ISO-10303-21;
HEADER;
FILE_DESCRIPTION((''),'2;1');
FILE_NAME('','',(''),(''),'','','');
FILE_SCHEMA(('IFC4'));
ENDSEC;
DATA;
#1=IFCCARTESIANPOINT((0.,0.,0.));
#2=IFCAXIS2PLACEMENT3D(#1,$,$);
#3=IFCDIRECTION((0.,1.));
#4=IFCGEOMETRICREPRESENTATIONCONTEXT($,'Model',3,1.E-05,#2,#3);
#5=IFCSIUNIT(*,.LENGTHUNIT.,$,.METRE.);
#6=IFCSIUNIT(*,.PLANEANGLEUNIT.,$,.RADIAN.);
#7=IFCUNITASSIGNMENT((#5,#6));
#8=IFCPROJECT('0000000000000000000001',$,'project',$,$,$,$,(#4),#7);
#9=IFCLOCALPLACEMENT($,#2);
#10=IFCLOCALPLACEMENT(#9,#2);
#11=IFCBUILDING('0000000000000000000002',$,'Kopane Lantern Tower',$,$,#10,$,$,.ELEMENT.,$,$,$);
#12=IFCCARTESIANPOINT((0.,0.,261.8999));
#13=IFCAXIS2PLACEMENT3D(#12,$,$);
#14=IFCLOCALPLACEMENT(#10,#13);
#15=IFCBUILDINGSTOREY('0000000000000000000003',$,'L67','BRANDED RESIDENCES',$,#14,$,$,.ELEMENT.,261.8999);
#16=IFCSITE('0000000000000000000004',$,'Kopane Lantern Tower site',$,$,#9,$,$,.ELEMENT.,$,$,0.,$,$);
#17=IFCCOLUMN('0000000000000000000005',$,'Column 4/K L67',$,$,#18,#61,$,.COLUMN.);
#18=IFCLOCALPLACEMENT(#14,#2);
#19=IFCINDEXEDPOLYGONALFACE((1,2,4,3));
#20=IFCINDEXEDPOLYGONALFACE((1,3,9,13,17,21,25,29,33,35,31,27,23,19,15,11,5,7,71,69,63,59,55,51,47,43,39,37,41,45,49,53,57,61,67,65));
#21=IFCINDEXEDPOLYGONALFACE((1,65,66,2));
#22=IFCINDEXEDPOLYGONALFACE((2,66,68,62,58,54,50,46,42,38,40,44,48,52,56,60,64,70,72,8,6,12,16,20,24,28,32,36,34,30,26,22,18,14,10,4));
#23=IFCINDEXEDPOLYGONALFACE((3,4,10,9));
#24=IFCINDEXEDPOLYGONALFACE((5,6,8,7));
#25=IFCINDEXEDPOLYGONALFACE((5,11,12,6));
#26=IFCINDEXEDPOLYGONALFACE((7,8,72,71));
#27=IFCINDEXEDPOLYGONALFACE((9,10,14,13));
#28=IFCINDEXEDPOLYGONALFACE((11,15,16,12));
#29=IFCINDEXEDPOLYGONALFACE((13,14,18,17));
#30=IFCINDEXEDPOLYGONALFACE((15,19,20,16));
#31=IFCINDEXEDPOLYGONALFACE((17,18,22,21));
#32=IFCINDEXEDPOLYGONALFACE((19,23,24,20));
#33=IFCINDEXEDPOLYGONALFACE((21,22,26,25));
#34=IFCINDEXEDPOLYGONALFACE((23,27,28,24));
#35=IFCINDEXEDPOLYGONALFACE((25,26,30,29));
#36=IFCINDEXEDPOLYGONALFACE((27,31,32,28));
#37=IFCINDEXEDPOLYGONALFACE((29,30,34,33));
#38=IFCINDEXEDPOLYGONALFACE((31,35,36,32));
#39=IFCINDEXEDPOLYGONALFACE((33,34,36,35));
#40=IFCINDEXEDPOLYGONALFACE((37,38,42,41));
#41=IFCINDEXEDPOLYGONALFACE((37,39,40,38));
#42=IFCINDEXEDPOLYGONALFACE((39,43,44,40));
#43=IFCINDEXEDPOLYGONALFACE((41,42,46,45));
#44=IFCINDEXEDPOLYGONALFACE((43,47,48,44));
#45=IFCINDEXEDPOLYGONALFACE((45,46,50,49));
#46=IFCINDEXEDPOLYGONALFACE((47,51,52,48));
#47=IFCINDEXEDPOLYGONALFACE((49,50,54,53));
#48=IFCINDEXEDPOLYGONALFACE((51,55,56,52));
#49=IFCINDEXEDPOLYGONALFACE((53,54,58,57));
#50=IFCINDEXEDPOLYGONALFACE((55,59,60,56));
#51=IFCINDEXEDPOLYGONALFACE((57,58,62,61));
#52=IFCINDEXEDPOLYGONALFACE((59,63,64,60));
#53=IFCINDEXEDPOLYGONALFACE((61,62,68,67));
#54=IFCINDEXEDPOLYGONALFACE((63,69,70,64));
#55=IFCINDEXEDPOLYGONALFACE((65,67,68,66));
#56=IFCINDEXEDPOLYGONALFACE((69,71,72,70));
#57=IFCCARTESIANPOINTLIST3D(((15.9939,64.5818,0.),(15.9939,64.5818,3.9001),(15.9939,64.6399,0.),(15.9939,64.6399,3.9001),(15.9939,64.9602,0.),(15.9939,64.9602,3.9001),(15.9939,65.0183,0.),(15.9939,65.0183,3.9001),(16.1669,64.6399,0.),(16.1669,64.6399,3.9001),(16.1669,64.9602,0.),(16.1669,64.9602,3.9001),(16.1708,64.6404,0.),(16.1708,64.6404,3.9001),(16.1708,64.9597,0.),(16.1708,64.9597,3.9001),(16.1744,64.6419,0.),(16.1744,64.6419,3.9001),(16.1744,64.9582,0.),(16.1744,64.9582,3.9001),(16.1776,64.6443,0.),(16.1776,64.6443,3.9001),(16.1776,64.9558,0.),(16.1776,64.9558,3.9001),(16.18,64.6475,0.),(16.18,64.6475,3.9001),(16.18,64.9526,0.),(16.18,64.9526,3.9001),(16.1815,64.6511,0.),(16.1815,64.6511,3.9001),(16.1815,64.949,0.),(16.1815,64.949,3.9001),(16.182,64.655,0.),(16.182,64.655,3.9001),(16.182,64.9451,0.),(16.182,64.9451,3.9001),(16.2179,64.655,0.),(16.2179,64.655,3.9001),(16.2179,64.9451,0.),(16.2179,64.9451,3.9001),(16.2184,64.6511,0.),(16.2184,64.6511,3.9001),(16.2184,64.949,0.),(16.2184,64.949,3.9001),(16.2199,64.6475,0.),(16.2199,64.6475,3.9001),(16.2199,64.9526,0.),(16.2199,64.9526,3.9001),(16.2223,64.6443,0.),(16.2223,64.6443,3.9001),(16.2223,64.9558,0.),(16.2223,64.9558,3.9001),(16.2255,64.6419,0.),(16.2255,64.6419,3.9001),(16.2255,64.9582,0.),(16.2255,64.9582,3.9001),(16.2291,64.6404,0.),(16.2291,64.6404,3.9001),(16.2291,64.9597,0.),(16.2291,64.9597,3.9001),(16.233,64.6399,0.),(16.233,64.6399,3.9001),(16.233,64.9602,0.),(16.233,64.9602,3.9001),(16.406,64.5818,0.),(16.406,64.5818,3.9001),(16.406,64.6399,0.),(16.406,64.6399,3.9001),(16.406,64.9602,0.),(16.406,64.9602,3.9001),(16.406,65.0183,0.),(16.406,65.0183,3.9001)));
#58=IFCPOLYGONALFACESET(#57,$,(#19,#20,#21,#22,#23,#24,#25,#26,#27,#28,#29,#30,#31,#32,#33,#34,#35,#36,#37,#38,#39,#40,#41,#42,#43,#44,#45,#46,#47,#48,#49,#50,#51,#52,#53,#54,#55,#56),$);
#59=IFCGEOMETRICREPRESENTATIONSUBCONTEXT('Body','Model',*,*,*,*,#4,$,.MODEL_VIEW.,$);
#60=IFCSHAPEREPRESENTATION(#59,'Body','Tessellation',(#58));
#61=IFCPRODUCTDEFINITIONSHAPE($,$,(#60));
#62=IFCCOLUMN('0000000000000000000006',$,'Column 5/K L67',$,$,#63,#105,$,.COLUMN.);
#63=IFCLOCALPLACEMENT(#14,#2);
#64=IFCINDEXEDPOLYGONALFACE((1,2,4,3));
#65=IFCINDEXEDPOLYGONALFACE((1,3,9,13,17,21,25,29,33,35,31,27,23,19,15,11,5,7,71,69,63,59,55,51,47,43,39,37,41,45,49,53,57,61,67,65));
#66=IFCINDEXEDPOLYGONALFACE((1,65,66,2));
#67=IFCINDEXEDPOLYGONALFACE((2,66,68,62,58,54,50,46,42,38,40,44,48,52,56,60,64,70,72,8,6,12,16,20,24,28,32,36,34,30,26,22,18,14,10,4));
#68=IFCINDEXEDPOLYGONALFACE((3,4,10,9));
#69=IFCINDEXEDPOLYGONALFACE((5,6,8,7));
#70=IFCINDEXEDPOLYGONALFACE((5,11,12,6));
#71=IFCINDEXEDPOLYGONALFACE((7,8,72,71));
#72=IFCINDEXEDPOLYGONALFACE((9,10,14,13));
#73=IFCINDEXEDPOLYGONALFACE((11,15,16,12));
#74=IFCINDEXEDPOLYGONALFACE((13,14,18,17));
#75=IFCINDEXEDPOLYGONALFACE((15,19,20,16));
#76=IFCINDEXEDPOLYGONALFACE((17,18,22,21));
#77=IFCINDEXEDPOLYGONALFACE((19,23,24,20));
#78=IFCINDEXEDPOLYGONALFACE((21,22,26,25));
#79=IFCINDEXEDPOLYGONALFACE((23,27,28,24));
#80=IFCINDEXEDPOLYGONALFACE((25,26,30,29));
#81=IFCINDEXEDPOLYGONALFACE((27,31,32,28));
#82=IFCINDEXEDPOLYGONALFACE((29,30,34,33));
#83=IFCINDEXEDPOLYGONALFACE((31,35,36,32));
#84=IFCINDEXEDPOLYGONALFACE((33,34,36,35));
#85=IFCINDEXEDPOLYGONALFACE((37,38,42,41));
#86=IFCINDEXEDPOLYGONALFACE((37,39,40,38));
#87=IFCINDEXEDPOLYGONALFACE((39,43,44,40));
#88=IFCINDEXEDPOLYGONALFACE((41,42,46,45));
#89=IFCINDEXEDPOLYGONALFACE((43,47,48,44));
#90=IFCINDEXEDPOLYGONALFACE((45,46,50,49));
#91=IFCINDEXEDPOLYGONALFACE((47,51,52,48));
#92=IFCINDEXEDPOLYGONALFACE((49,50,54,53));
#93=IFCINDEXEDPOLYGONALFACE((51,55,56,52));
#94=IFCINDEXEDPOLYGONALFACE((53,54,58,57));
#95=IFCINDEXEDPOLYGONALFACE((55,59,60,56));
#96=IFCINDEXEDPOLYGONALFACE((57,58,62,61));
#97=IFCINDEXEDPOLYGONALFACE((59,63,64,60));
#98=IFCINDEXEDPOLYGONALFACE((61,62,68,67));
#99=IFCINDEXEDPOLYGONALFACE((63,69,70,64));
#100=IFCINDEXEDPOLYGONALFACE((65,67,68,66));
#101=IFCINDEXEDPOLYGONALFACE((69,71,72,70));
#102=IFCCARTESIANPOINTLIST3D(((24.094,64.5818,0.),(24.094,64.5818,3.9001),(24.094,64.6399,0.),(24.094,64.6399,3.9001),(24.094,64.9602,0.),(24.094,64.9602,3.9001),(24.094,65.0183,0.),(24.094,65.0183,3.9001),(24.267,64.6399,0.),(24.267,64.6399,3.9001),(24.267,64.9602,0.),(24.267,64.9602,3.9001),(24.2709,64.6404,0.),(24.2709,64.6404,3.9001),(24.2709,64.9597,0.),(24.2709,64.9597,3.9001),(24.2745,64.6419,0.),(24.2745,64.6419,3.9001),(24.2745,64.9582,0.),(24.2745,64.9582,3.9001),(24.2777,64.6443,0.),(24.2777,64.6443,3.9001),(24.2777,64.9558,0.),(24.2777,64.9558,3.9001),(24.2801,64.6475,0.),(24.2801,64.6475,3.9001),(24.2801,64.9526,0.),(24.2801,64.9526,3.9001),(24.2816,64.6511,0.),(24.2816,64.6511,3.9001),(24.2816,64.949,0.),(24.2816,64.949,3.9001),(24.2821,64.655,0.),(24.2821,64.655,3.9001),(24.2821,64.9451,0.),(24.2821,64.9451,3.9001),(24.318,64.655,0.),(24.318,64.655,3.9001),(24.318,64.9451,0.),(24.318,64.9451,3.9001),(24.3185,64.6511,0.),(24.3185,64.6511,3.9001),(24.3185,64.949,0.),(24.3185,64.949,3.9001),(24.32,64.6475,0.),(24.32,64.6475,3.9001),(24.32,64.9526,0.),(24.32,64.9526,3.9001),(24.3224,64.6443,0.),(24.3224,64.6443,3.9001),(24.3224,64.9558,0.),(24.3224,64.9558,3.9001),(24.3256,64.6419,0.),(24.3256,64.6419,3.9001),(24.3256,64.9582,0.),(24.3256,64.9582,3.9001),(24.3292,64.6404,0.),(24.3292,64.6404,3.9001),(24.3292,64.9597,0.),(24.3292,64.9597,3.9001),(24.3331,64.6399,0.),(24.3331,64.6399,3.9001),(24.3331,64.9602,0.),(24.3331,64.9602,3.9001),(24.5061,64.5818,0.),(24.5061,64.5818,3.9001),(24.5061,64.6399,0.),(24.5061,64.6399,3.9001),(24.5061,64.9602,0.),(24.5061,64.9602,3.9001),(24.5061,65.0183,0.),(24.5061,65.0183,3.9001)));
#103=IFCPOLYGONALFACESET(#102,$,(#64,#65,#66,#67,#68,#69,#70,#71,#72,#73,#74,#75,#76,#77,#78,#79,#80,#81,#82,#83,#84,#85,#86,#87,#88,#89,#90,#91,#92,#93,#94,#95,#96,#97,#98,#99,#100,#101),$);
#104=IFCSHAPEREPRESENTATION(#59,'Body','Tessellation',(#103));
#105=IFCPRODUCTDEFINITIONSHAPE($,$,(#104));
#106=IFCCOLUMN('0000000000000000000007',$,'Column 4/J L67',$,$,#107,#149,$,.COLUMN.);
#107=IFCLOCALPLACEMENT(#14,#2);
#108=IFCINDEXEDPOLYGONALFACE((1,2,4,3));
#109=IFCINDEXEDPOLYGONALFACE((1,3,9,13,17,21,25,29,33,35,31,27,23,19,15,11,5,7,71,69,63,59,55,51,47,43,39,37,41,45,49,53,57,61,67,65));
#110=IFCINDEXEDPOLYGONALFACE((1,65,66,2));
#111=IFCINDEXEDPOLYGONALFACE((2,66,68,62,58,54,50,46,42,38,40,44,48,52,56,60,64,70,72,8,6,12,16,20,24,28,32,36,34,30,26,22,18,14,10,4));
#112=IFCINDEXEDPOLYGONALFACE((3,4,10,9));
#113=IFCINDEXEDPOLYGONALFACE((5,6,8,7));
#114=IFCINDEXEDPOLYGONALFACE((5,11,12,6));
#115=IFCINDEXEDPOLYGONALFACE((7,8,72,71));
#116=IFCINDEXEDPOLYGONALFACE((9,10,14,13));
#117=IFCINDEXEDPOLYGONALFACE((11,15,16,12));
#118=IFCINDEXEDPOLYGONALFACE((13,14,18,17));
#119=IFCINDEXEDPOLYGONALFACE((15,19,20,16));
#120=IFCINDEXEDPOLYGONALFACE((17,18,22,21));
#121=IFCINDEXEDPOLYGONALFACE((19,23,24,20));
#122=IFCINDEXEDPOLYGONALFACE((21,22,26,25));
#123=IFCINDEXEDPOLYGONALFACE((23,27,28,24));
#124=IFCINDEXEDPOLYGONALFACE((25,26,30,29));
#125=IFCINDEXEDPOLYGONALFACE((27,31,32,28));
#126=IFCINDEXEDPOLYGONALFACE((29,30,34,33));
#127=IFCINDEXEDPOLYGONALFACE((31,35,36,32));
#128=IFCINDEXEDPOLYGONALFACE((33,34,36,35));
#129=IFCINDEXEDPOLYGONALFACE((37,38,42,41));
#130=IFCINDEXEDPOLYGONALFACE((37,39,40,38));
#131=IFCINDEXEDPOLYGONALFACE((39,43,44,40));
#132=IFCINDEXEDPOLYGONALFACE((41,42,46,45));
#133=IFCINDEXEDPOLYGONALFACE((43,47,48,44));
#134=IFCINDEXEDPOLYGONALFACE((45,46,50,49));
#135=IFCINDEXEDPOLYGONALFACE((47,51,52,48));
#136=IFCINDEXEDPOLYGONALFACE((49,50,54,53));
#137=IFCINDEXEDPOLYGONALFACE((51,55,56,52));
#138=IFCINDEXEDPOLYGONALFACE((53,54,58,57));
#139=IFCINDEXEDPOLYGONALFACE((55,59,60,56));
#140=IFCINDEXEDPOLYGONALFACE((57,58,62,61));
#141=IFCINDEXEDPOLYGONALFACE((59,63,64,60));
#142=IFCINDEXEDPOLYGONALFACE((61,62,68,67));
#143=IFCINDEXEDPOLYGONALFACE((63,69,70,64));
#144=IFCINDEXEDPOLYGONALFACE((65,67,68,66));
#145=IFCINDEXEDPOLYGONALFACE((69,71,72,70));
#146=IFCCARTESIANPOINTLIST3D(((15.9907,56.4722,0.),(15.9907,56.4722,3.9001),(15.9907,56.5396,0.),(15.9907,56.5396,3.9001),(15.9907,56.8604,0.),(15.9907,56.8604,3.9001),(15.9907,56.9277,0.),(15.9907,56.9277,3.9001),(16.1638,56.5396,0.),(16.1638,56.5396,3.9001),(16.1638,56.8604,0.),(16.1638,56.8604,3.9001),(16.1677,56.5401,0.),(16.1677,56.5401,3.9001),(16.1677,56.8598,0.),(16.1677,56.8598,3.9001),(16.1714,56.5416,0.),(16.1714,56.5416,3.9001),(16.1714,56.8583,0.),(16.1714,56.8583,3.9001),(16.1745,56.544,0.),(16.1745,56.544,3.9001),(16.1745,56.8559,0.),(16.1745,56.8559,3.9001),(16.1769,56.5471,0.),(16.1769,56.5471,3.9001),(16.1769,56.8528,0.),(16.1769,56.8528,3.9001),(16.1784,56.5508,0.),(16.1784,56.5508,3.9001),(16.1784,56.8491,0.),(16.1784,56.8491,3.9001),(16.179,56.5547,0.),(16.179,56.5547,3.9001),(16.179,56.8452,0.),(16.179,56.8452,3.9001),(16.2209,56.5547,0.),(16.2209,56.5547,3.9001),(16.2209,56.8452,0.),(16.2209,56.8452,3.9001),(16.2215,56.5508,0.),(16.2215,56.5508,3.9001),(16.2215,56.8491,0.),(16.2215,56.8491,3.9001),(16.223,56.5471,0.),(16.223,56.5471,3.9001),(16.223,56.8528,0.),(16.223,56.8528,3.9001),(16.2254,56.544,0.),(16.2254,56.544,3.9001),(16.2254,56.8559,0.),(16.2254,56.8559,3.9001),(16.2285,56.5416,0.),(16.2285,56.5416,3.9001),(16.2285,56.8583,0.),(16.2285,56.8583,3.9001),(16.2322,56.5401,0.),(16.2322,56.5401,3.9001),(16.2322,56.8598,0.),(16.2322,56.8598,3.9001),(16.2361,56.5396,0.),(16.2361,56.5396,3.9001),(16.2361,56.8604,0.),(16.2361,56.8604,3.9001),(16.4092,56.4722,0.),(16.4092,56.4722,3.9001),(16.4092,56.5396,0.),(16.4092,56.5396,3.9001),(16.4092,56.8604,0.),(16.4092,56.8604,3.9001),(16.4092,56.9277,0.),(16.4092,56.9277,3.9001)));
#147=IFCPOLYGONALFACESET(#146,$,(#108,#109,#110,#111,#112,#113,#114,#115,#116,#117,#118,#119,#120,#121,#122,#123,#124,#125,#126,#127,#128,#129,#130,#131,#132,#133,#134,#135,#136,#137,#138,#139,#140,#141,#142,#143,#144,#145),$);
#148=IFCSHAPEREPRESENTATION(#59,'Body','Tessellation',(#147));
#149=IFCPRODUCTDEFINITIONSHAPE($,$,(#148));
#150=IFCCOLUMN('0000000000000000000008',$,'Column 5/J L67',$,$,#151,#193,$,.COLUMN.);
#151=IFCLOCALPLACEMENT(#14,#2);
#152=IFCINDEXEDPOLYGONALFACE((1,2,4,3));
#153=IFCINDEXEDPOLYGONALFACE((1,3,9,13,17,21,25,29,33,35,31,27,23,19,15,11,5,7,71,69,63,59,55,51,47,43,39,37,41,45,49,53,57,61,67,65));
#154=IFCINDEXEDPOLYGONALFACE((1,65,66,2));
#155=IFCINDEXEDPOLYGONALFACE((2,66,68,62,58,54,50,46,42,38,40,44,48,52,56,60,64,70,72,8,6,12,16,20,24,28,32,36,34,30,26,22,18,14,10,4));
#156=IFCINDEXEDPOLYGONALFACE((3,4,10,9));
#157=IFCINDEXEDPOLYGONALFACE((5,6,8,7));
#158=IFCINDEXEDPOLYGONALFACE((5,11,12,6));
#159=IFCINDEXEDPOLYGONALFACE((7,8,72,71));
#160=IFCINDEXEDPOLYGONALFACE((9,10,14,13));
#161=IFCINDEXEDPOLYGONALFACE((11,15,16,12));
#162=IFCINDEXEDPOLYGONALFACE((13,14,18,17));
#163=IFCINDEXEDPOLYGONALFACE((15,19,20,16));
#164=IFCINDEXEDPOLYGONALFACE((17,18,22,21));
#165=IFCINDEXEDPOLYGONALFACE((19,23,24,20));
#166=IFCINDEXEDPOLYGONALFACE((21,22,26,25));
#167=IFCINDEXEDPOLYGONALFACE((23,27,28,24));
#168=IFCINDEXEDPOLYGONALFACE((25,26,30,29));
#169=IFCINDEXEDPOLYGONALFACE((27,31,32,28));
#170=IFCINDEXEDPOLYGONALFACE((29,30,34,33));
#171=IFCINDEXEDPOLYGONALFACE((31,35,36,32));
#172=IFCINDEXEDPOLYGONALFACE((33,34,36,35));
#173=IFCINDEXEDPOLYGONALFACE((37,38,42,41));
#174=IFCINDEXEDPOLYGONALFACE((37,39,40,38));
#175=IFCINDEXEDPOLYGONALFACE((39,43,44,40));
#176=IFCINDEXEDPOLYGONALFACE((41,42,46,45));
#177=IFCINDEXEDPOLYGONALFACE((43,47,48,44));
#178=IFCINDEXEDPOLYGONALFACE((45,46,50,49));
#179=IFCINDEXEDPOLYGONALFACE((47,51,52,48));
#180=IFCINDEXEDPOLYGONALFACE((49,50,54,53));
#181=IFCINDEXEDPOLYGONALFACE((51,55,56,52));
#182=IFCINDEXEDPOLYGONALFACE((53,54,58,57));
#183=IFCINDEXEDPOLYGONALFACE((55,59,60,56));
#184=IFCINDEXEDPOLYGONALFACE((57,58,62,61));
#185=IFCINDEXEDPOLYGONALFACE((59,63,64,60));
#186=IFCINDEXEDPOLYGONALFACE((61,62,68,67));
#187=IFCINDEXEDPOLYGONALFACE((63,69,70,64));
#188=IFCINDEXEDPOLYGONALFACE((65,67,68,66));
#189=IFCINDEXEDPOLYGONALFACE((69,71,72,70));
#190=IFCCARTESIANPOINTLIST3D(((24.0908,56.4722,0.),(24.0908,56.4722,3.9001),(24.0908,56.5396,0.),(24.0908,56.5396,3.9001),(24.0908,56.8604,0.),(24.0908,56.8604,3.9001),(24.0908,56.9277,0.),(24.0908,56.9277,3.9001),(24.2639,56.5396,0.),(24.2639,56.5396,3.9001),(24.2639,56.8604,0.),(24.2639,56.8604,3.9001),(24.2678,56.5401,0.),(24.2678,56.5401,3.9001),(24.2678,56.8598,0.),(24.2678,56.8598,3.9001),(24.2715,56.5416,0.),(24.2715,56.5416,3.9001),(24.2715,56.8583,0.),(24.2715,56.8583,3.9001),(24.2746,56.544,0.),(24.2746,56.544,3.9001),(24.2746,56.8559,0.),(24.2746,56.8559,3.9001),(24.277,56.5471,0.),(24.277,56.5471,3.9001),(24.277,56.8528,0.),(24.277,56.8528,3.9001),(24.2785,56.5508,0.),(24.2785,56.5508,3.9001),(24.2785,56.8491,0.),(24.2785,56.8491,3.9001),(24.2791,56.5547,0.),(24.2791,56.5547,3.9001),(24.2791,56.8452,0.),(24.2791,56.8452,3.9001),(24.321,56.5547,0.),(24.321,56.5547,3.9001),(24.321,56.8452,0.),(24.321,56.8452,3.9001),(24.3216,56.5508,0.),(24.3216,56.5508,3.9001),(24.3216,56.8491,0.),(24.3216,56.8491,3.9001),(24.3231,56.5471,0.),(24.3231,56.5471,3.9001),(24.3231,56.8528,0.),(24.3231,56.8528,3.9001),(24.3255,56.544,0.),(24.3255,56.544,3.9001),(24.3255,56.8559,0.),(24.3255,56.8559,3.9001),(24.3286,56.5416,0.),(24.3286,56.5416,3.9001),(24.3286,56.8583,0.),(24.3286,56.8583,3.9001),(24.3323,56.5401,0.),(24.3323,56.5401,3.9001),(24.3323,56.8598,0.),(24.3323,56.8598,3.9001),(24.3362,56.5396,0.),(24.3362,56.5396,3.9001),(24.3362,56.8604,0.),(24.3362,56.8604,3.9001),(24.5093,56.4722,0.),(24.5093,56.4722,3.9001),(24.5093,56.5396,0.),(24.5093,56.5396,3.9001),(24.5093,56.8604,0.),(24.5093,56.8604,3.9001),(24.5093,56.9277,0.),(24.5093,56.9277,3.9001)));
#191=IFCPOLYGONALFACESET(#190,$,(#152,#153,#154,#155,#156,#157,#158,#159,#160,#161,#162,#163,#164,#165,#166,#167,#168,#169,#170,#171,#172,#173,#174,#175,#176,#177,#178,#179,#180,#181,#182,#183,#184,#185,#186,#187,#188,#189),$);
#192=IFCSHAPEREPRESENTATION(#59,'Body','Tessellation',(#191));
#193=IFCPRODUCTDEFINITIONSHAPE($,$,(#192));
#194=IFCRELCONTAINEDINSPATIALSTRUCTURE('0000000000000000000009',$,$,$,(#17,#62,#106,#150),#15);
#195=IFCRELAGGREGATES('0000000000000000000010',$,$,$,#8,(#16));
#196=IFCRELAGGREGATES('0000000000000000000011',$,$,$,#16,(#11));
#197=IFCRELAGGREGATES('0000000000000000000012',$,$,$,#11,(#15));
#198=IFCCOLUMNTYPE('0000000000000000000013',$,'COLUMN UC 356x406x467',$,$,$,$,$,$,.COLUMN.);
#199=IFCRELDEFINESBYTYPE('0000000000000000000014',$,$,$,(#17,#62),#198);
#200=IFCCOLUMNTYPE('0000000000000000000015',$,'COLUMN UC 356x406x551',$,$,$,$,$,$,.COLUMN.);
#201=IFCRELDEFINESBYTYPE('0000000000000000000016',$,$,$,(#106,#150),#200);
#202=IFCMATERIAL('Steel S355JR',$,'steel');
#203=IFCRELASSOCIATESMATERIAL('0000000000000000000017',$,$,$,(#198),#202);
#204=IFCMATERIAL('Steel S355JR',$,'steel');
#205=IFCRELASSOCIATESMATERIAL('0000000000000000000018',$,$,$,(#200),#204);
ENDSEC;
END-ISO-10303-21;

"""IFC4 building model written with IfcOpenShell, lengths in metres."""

from ifc_helpers import new_model, si_unit, direction, frame, origin, origin_2d, place, context, subcontext, project, spatial, i_section, extrude, material, material_profile, profile_set, type_object, element, save


model = new_model("IFC4")

# Units and contexts
model_context = context("Model", 3, precision=1e-05, world=origin(), true_north=direction((0.0, 1.0)))
body_context = subcontext(model_context, "Body", "Model", "MODEL_VIEW")
ifc_project = project(units=[si_unit("LENGTHUNIT", "METRE"), si_unit("PLANEANGLEUNIT", "RADIAN")], contexts=[model_context])

# Site, building, storey
site_placement = place(None, origin())
site = spatial("IfcSite", under=ifc_project, at=site_placement, Name="Kopane Lantern Tower site", CompositionType="ELEMENT", RefElevation=0.0)
building_placement = place(site_placement, origin())
building = spatial("IfcBuilding", under=site, at=building_placement, Name="Kopane Lantern Tower", CompositionType="ELEMENT")
storey_placement = place(building_placement, frame((0.0, 0.0, 261.8999)))
storey = spatial("IfcBuildingStorey", under=building, at=storey_placement, Name="L67", Description="BRANDED RESIDENCES", CompositionType="ELEMENT", Elevation=261.8999)

# Columns
ifc_material_1 = material(Name="Steel S355JR", Category="steel")
ifc_material_profile_1 = material_profile(ifc_material_1, i_section(OverallWidth=0.4121, OverallDepth=0.4365, WebThickness=0.0359, FlangeThickness=0.0581, FilletRadius=0.0151, at=origin_2d()), Name="UC 356x406x467")
ifc_profile_set_1 = profile_set([ifc_material_profile_1], Name="Steel S355JR")
column_type_1 = type_object("IfcColumnType", Name="COLUMN UC 356x406x467", PredefinedType="COLUMN", material=ifc_profile_set_1)
for number, where, z_axis, x_axis, name in (
    (1, (16.2, 64.8, 0.0), (0.0, 0.0, 1.0), (1.0, 0.0, 0.0), "Column 4/K L67"),
    (2, (24.3, 64.8, 0.0), (0.0, 0.0, 1.0), (1.0, 0.0, 0.0), "Column 5/K L67"),
):
    element("IfcColumn", number, at=place(storey_placement, frame(where, z_axis=z_axis, x_axis=x_axis)), inside=storey, type_object=column_type_1, Name=name, PredefinedType="COLUMN", context=body_context, shape_type="SweptSolid", body=[
        extrude(i_section(OverallWidth=0.4121, OverallDepth=0.4365, WebThickness=0.0359, FlangeThickness=0.0581, FilletRadius=0.0151, at=origin_2d()), origin(), (0.0, 0.0, 1.0), 3.9001),
    ])
ifc_material_2 = material(Name="Steel S355JR", Category="steel")
ifc_material_profile_2 = material_profile(ifc_material_2, i_section(OverallWidth=0.4185, OverallDepth=0.4556, WebThickness=0.042, FlangeThickness=0.0674, FilletRadius=0.0151, at=origin_2d()), Name="UC 356x406x551")
ifc_profile_set_2 = profile_set([ifc_material_profile_2], Name="Steel S355JR")
column_type_2 = type_object("IfcColumnType", Name="COLUMN UC 356x406x551", PredefinedType="COLUMN", material=ifc_profile_set_2)
for number, where, z_axis, x_axis, name in (
    (3, (16.2, 56.7, 0.0), (0.0, 0.0, 1.0), (1.0, 0.0, 0.0), "Column 4/J L67"),
    (4, (24.3, 56.7, 0.0), (0.0, 0.0, 1.0), (1.0, 0.0, 0.0), "Column 5/J L67"),
):
    element("IfcColumn", number, at=place(storey_placement, frame(where, z_axis=z_axis, x_axis=x_axis)), inside=storey, type_object=column_type_2, Name=name, PredefinedType="COLUMN", context=body_context, shape_type="SweptSolid", body=[
        extrude(i_section(OverallWidth=0.4185, OverallDepth=0.4556, WebThickness=0.042, FlangeThickness=0.0674, FilletRadius=0.0151, at=origin_2d()), origin(), (0.0, 0.0, 1.0), 3.9001),
    ])

save(model, "model.ifc")
